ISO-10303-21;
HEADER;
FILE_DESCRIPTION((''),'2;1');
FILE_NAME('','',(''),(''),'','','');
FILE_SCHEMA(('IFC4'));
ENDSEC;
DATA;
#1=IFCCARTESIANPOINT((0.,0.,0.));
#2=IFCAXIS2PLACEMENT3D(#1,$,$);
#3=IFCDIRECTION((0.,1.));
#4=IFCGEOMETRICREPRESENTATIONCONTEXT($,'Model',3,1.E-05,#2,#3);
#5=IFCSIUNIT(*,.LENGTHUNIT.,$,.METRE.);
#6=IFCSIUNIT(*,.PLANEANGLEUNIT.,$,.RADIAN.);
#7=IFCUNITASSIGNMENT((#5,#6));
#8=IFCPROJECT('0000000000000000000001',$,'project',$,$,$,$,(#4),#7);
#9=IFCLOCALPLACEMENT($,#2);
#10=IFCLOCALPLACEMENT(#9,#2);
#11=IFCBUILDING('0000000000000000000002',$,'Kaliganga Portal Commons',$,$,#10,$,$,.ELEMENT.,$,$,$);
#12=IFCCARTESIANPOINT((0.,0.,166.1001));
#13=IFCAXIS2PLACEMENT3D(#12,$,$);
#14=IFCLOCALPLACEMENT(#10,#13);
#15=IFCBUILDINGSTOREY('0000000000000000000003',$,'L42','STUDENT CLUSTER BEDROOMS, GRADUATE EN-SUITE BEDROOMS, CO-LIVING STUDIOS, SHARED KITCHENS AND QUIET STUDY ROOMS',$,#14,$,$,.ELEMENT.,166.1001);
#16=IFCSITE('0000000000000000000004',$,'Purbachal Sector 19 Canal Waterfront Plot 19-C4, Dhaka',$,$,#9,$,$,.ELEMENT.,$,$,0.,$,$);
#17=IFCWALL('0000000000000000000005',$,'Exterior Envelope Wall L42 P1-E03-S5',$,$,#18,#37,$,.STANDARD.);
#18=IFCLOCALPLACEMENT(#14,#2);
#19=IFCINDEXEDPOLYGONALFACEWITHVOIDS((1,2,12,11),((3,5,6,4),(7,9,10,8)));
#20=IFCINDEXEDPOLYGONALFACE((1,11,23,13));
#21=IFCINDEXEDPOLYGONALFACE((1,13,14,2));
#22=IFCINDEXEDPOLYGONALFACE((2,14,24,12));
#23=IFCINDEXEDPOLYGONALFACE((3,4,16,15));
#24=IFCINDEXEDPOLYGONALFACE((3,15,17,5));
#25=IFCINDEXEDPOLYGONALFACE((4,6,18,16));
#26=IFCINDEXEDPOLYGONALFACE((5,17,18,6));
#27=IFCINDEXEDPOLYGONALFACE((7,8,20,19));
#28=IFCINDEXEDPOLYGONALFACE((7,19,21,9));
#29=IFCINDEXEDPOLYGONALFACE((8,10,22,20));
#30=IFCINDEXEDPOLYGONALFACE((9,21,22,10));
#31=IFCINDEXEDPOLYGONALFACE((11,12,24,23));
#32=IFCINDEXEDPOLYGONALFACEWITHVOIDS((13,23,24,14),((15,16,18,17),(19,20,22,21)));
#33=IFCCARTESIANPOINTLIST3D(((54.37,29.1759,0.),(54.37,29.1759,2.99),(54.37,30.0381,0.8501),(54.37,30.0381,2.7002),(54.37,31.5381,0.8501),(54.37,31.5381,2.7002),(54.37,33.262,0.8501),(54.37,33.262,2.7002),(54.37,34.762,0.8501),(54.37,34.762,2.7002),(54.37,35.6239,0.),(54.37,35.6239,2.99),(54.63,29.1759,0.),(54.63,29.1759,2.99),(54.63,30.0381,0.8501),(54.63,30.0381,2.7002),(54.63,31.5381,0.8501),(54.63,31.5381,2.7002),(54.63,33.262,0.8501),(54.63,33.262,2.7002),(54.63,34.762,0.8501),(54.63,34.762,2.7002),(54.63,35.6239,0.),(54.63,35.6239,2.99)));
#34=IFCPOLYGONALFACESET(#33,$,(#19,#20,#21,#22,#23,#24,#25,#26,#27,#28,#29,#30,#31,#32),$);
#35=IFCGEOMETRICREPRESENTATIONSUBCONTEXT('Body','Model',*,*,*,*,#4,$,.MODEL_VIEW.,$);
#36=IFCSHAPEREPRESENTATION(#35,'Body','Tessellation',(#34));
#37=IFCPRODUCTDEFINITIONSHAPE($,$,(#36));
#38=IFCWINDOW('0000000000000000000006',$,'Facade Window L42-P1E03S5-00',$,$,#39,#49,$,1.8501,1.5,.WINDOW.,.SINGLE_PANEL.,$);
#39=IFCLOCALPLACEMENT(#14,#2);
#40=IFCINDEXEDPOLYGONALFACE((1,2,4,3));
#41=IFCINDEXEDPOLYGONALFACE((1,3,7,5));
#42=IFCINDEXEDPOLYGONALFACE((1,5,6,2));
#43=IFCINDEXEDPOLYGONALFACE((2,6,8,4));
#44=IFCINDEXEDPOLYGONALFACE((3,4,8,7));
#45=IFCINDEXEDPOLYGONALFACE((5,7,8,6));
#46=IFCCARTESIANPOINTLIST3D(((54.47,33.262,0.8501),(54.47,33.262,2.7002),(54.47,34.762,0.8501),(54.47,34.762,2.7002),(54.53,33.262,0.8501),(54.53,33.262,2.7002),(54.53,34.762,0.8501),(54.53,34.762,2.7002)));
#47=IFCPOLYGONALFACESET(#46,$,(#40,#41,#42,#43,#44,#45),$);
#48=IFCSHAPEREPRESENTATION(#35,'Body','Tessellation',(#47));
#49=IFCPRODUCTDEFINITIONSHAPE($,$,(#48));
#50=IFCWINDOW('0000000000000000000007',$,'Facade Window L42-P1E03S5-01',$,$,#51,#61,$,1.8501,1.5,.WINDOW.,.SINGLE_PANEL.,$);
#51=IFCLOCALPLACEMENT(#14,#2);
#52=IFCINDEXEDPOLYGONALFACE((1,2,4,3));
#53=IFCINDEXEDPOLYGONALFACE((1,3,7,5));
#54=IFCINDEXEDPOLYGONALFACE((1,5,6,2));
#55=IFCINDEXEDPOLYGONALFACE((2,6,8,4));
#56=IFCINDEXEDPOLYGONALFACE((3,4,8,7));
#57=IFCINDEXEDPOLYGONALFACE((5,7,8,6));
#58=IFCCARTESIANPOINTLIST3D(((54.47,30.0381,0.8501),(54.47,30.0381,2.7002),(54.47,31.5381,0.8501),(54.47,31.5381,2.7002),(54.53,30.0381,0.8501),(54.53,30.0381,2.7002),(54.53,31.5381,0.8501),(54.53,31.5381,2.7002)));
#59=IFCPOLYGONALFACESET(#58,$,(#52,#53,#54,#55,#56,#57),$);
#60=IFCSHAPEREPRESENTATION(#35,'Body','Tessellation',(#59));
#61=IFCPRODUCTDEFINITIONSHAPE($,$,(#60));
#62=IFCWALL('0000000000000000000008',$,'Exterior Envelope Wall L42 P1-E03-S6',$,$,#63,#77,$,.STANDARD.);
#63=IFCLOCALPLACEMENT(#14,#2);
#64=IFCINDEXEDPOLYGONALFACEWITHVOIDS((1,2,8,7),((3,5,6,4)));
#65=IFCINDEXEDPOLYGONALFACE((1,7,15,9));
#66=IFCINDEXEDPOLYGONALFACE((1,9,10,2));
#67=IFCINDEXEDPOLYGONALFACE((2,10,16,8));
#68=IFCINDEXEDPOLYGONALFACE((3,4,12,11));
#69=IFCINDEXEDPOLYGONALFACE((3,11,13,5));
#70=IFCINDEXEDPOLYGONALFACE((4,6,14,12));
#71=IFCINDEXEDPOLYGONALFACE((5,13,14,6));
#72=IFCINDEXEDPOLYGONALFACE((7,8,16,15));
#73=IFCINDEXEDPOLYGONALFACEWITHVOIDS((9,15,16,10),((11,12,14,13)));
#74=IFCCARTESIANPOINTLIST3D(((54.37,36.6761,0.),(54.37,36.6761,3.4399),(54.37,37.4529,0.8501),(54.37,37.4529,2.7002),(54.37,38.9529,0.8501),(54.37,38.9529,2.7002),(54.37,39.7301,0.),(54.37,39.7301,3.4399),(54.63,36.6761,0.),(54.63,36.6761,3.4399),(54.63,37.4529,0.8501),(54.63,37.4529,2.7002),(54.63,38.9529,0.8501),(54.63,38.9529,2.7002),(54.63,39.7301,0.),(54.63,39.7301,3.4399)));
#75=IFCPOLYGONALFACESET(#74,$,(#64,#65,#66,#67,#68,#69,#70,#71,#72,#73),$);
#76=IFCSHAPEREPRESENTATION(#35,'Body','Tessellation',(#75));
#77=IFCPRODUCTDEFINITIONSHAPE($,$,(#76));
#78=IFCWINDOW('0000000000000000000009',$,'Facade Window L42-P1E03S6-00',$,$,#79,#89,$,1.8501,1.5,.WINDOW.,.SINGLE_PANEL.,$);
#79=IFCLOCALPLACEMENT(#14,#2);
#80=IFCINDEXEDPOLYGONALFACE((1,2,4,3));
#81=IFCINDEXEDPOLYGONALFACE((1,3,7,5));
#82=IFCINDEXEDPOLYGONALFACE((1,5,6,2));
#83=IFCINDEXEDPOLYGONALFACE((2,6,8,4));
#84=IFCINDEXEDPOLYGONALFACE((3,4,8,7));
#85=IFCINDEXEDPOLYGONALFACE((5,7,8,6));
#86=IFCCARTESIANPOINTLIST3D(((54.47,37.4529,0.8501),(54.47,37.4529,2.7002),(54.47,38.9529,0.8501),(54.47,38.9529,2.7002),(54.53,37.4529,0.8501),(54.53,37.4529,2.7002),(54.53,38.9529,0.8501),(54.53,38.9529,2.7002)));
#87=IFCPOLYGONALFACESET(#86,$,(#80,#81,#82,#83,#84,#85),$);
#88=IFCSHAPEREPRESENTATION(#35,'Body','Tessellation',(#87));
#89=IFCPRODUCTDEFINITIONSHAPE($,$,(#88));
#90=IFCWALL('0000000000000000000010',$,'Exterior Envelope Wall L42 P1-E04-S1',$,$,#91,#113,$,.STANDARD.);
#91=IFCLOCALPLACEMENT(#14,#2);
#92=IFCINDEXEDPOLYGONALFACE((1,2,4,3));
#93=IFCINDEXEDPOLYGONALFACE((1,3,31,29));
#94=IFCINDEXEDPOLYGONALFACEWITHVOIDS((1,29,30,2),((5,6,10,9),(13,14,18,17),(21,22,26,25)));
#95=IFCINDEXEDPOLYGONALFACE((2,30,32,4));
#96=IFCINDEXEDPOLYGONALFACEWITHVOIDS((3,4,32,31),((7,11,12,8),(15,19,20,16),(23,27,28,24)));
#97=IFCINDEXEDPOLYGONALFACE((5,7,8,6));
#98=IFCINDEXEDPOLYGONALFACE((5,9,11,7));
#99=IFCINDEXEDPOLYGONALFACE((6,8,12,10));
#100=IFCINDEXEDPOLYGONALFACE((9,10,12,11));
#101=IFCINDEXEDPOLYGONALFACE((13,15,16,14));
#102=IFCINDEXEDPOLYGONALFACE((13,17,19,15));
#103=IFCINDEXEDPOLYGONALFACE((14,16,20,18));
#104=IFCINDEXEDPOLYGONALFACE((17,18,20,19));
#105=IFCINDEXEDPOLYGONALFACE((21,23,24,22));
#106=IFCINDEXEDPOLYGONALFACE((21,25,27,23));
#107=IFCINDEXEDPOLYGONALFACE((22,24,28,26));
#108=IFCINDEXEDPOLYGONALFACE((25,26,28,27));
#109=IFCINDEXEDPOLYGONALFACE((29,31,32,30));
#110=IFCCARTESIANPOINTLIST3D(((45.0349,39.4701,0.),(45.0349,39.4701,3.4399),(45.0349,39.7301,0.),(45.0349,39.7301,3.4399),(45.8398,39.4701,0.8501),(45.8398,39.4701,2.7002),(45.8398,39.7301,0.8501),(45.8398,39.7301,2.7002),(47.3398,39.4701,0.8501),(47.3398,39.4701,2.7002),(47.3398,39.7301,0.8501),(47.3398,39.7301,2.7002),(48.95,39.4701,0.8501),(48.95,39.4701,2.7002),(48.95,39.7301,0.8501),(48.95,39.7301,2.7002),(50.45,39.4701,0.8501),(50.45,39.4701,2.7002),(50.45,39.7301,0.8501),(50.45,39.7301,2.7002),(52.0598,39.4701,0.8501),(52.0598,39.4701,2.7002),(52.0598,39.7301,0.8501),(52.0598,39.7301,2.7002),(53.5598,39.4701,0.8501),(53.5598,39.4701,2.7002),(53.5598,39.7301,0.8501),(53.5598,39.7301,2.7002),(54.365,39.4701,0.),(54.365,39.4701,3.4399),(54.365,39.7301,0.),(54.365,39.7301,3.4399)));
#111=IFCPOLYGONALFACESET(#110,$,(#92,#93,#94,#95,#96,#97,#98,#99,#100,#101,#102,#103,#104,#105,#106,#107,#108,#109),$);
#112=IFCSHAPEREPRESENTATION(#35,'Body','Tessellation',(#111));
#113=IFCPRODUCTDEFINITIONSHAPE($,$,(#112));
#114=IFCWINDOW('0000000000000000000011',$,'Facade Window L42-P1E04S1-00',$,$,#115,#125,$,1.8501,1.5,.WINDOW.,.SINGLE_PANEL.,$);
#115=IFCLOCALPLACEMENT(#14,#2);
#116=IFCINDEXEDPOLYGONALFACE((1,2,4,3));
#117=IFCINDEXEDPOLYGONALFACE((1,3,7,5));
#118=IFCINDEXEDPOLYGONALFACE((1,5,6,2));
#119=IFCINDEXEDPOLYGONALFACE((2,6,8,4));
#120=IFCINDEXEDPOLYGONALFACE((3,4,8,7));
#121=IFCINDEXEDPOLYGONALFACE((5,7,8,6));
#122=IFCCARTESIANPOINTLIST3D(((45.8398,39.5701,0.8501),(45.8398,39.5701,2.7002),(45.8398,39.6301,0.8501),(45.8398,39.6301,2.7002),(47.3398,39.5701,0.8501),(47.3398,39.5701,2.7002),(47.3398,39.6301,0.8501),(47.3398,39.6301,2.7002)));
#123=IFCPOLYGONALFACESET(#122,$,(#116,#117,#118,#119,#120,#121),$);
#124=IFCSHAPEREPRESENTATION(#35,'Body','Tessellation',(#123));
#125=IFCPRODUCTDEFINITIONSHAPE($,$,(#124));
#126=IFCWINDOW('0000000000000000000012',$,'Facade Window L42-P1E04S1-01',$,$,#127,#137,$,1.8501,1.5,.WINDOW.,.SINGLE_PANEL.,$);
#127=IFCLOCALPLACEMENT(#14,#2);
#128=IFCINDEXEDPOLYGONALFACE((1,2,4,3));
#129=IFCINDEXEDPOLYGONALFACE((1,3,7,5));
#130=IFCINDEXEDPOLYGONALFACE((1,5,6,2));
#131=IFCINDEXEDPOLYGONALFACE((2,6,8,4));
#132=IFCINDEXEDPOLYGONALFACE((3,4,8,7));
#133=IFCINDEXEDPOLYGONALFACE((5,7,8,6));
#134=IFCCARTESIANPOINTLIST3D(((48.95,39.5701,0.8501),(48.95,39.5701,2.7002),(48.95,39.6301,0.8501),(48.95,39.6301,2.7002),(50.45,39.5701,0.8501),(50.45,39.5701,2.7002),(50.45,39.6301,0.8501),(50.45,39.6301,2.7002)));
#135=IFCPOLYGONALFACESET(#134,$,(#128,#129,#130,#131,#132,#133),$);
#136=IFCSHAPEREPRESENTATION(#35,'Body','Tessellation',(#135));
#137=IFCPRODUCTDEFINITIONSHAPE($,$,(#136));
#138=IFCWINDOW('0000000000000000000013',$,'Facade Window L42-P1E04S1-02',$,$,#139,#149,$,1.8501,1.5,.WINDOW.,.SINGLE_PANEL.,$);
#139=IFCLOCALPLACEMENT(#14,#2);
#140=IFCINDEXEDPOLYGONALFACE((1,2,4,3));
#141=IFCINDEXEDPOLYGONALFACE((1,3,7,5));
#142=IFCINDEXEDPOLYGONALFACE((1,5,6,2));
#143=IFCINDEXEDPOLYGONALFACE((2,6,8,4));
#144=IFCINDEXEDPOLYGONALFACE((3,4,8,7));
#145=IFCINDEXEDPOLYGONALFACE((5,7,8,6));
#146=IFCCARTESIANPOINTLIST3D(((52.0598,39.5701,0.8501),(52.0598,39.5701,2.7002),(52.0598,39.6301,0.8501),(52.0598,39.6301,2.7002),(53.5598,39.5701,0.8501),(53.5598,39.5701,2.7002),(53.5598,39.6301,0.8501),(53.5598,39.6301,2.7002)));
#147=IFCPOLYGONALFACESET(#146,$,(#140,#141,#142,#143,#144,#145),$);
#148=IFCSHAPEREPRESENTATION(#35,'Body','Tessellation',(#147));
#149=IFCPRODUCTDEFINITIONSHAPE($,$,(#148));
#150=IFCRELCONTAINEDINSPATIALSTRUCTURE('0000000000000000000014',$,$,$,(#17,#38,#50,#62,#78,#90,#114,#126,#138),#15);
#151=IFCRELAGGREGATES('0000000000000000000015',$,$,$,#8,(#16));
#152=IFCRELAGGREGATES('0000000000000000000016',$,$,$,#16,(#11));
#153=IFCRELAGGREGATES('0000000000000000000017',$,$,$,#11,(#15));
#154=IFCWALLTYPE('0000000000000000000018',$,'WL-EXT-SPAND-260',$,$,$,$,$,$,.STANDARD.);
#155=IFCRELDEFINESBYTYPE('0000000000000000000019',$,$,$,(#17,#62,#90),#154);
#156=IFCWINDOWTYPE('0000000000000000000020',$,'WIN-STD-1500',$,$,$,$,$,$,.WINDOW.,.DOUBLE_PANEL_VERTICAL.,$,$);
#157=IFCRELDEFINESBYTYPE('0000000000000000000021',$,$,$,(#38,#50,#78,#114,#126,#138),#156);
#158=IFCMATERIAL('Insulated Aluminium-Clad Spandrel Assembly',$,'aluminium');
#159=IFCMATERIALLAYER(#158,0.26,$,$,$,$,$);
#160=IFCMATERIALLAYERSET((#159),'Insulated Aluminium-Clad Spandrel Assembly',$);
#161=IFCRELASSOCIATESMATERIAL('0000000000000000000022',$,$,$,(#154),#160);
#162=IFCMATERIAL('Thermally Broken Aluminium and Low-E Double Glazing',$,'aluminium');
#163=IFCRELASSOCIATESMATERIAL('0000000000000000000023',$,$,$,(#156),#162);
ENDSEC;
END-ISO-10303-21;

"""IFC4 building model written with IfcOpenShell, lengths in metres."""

from ifc_helpers import new_model, si_unit, direction, frame, frame_2d, origin, place, context, subcontext, project, spatial, rectangle, extrude, material, layer, layer_set, type_object, element, fill, save


model = new_model("IFC4")

# Units and contexts
model_context = context("Model", 3, precision=1e-05, world=origin(), true_north=direction((0.0, 1.0)))
body_context = subcontext(model_context, "Body", "Model", "MODEL_VIEW")
ifc_project = project(units=[si_unit("LENGTHUNIT", "METRE"), si_unit("PLANEANGLEUNIT", "RADIAN")], contexts=[model_context])

# Site, building, storey
site_placement = place(None, origin())
site = spatial("IfcSite", under=ifc_project, at=site_placement, Name="Purbachal Sector 19 Canal Waterfront Plot 19-C4, Dhaka", CompositionType="ELEMENT", RefElevation=0.0)
building_placement = place(site_placement, origin())
building = spatial("IfcBuilding", under=site, at=building_placement, Name="Kaliganga Portal Commons", CompositionType="ELEMENT")
storey_placement = place(building_placement, frame((0.0, 0.0, 166.1001)))
storey = spatial("IfcBuildingStorey", under=building, at=storey_placement, Name="L42", Description="STUDENT CLUSTER BEDROOMS, GRADUATE EN-SUITE BEDROOMS, CO-LIVING STUDIOS, SHARED KITCHENS AND QUIET STUDY ROOMS", CompositionType="ELEMENT", Elevation=166.1001)

# Wall, openings, windows
ifc_material_1 = material(Name="Insulated Aluminium-Clad Spandrel Assembly", Category="aluminium")
ifc_layer_1 = layer(ifc_material_1, 0.26)
ifc_layer_set_1 = layer_set([ifc_layer_1], Name="Insulated Aluminium-Clad Spandrel Assembly")
wall_type_1 = type_object("IfcWallType", Name="WL-EXT-SPAND-260", PredefinedType="STANDARD", material=ifc_layer_set_1)
wall_1_placement = place(storey_placement, frame((54.5, 35.624, 0.0), z_axis=(0.0, 0.0, 1.0), x_axis=(0.0, -1.0, 0.0)))
wall_1 = element("IfcWall", 1, at=wall_1_placement, inside=storey, type_object=wall_type_1, Name="Exterior Envelope Wall L42 P1-E03-S5", PredefinedType="STANDARD", context=body_context, shape_type="SweptSolid", body=[
    extrude(rectangle(XDim=6.448, YDim=0.26, at=frame_2d((3.2241, 0.0))), origin(), (0.0, 0.0, 1.0), 2.99),
])
opening_1_placement = place(wall_1_placement, frame((0.8621, 0.0, 0.8501)))
opening_1 = element("IfcOpeningElement", 2, at=opening_1_placement, cuts=wall_1, PredefinedType="OPENING", context=body_context, shape_type="SweptSolid", body=[
    extrude(rectangle(XDim=1.5, YDim=1.8501, at=frame_2d((0.75, 0.925))), frame((0.0, 0.1401, 0.0), z_axis=(0.0, -1.0, 0.0), x_axis=(1.0, 0.0, 0.0)), (0.0, 0.0, 1.0), 0.28),
])
opening_2_placement = place(wall_1_placement, frame((4.0859, 0.0, 0.8501)))
opening_2 = element("IfcOpeningElement", 3, at=opening_2_placement, cuts=wall_1, PredefinedType="OPENING", context=body_context, shape_type="SweptSolid", body=[
    extrude(rectangle(XDim=1.5, YDim=1.8501, at=frame_2d((0.75, 0.925))), frame((0.0, 0.1401, 0.0), z_axis=(0.0, -1.0, 0.0), x_axis=(1.0, 0.0, 0.0)), (0.0, 0.0, 1.0), 0.28),
])
ifc_material_2 = material(Name="Thermally Broken Aluminium and Low-E Double Glazing", Category="aluminium")
window_type = type_object("IfcWindowType", Name="WIN-STD-1500", PartitioningType="DOUBLE_PANEL_VERTICAL", PredefinedType="WINDOW", material=ifc_material_2)
window_1_placement = place(opening_1_placement, origin())
window_1 = element("IfcWindow", 4, at=window_1_placement, inside=storey, type_object=window_type, Name="Facade Window L42-P1E03S5-00", OverallHeight=1.8501, OverallWidth=1.5, PartitioningType="SINGLE_PANEL", PredefinedType="WINDOW", context=body_context, shape_type="SweptSolid", body=[
    extrude(rectangle(XDim=1.5, YDim=1.8501, at=frame_2d((0.75, 0.925))), frame((0.0, 0.03, 0.0), z_axis=(0.0, -1.0, 0.0), x_axis=(1.0, 0.0, 0.0)), (0.0, 0.0, 1.0), 0.0601),
])
fill(opening_1, window_1)
window_2_placement = place(opening_2_placement, origin())
window_2 = element("IfcWindow", 5, at=window_2_placement, inside=storey, type_object=window_type, Name="Facade Window L42-P1E03S5-01", OverallHeight=1.8501, OverallWidth=1.5, PartitioningType="SINGLE_PANEL", PredefinedType="WINDOW", context=body_context, shape_type="SweptSolid", body=[
    extrude(rectangle(XDim=1.5, YDim=1.8501, at=frame_2d((0.75, 0.925))), frame((0.0, 0.03, 0.0), z_axis=(0.0, -1.0, 0.0), x_axis=(1.0, 0.0, 0.0)), (0.0, 0.0, 1.0), 0.0601),
])
fill(opening_2, window_2)

# Wall, opening, window
wall_2_placement = place(storey_placement, frame((54.5, 39.73, 0.0), z_axis=(0.0, 0.0, 1.0), x_axis=(0.0, -1.0, 0.0)))
wall_2 = element("IfcWall", 6, at=wall_2_placement, inside=storey, type_object=wall_type_1, Name="Exterior Envelope Wall L42 P1-E03-S6", PredefinedType="STANDARD", context=body_context, shape_type="SweptSolid", body=[
    extrude(rectangle(XDim=3.054, YDim=0.26, at=frame_2d((1.5269, 0.0))), origin(), (0.0, 0.0, 1.0), 3.4399),
])
opening_3_placement = place(wall_2_placement, frame((0.7771, 0.0, 0.8501)))
opening_3 = element("IfcOpeningElement", 7, at=opening_3_placement, cuts=wall_2, PredefinedType="OPENING", context=body_context, shape_type="SweptSolid", body=[
    extrude(rectangle(XDim=1.5, YDim=1.8501, at=frame_2d((0.75, 0.925))), frame((0.0, 0.1401, 0.0), z_axis=(0.0, -1.0, 0.0), x_axis=(1.0, 0.0, 0.0)), (0.0, 0.0, 1.0), 0.28),
])
window_3_placement = place(opening_3_placement, origin())
window_3 = element("IfcWindow", 8, at=window_3_placement, inside=storey, type_object=window_type, Name="Facade Window L42-P1E03S6-00", OverallHeight=1.8501, OverallWidth=1.5, PartitioningType="SINGLE_PANEL", PredefinedType="WINDOW", context=body_context, shape_type="SweptSolid", body=[
    extrude(rectangle(XDim=1.5, YDim=1.8501, at=frame_2d((0.75, 0.925))), frame((0.0, 0.03, 0.0), z_axis=(0.0, -1.0, 0.0), x_axis=(1.0, 0.0, 0.0)), (0.0, 0.0, 1.0), 0.0601),
])
fill(opening_3, window_3)

# Wall, openings, windows
wall_3_placement = place(storey_placement, frame((45.0349, 39.6001, 0.0), z_axis=(0.0, 0.0, 1.0), x_axis=(1.0, 0.0, 0.0)))
wall_3 = element("IfcWall", 9, at=wall_3_placement, inside=storey, type_object=wall_type_1, Name="Exterior Envelope Wall L42 P1-E04-S1", PredefinedType="STANDARD", context=body_context, shape_type="SweptSolid", body=[
    extrude(rectangle(XDim=9.3301, YDim=0.26, at=frame_2d((4.665, 0.0))), origin(), (0.0, 0.0, 1.0), 3.4399),
])
opening_4_placement = place(wall_3_placement, frame((0.8049, 0.0, 0.8501)))
opening_4 = element("IfcOpeningElement", 10, at=opening_4_placement, cuts=wall_3, PredefinedType="OPENING", context=body_context, shape_type="SweptSolid", body=[
    extrude(rectangle(XDim=1.5, YDim=1.8501, at=frame_2d((0.75, 0.925))), frame((0.0, 0.1401, 0.0), z_axis=(0.0, -1.0, 0.0), x_axis=(1.0, 0.0, 0.0)), (0.0, 0.0, 1.0), 0.28),
])
opening_5_placement = place(wall_3_placement, frame((3.915, 0.0, 0.8501)))
opening_5 = element("IfcOpeningElement", 11, at=opening_5_placement, cuts=wall_3, PredefinedType="OPENING", context=body_context, shape_type="SweptSolid", body=[
    extrude(rectangle(XDim=1.5, YDim=1.8501, at=frame_2d((0.75, 0.925))), frame((0.0, 0.1401, 0.0), z_axis=(0.0, -1.0, 0.0), x_axis=(1.0, 0.0, 0.0)), (0.0, 0.0, 1.0), 0.28),
])
opening_6_placement = place(wall_3_placement, frame((7.0249, 0.0, 0.8501)))
opening_6 = element("IfcOpeningElement", 12, at=opening_6_placement, cuts=wall_3, PredefinedType="OPENING", context=body_context, shape_type="SweptSolid", body=[
    extrude(rectangle(XDim=1.5, YDim=1.8501, at=frame_2d((0.75, 0.925))), frame((0.0, 0.1401, 0.0), z_axis=(0.0, -1.0, 0.0), x_axis=(1.0, 0.0, 0.0)), (0.0, 0.0, 1.0), 0.28),
])
window_4_placement = place(opening_4_placement, origin())
window_4 = element("IfcWindow", 13, at=window_4_placement, inside=storey, type_object=window_type, Name="Facade Window L42-P1E04S1-00", OverallHeight=1.8501, OverallWidth=1.5, PartitioningType="SINGLE_PANEL", PredefinedType="WINDOW", context=body_context, shape_type="SweptSolid", body=[
    extrude(rectangle(XDim=1.5, YDim=1.8501, at=frame_2d((0.75, 0.925))), frame((0.0, 0.03, 0.0), z_axis=(0.0, -1.0, 0.0), x_axis=(1.0, 0.0, 0.0)), (0.0, 0.0, 1.0), 0.0601),
])
fill(opening_4, window_4)
window_5_placement = place(opening_5_placement, origin())
window_5 = element("IfcWindow", 14, at=window_5_placement, inside=storey, type_object=window_type, Name="Facade Window L42-P1E04S1-01", OverallHeight=1.8501, OverallWidth=1.5, PartitioningType="SINGLE_PANEL", PredefinedType="WINDOW", context=body_context, shape_type="SweptSolid", body=[
    extrude(rectangle(XDim=1.5, YDim=1.8501, at=frame_2d((0.75, 0.925))), frame((0.0, 0.03, 0.0), z_axis=(0.0, -1.0, 0.0), x_axis=(1.0, 0.0, 0.0)), (0.0, 0.0, 1.0), 0.0601),
])
fill(opening_5, window_5)
window_6_placement = place(opening_6_placement, origin())
window_6 = element("IfcWindow", 15, at=window_6_placement, inside=storey, type_object=window_type, Name="Facade Window L42-P1E04S1-02", OverallHeight=1.8501, OverallWidth=1.5, PartitioningType="SINGLE_PANEL", PredefinedType="WINDOW", context=body_context, shape_type="SweptSolid", body=[
    extrude(rectangle(XDim=1.5, YDim=1.8501, at=frame_2d((0.75, 0.925))), frame((0.0, 0.03, 0.0), z_axis=(0.0, -1.0, 0.0), x_axis=(1.0, 0.0, 0.0)), (0.0, 0.0, 1.0), 0.0601),
])
fill(opening_6, window_6)

save(model, "model.ifc")
